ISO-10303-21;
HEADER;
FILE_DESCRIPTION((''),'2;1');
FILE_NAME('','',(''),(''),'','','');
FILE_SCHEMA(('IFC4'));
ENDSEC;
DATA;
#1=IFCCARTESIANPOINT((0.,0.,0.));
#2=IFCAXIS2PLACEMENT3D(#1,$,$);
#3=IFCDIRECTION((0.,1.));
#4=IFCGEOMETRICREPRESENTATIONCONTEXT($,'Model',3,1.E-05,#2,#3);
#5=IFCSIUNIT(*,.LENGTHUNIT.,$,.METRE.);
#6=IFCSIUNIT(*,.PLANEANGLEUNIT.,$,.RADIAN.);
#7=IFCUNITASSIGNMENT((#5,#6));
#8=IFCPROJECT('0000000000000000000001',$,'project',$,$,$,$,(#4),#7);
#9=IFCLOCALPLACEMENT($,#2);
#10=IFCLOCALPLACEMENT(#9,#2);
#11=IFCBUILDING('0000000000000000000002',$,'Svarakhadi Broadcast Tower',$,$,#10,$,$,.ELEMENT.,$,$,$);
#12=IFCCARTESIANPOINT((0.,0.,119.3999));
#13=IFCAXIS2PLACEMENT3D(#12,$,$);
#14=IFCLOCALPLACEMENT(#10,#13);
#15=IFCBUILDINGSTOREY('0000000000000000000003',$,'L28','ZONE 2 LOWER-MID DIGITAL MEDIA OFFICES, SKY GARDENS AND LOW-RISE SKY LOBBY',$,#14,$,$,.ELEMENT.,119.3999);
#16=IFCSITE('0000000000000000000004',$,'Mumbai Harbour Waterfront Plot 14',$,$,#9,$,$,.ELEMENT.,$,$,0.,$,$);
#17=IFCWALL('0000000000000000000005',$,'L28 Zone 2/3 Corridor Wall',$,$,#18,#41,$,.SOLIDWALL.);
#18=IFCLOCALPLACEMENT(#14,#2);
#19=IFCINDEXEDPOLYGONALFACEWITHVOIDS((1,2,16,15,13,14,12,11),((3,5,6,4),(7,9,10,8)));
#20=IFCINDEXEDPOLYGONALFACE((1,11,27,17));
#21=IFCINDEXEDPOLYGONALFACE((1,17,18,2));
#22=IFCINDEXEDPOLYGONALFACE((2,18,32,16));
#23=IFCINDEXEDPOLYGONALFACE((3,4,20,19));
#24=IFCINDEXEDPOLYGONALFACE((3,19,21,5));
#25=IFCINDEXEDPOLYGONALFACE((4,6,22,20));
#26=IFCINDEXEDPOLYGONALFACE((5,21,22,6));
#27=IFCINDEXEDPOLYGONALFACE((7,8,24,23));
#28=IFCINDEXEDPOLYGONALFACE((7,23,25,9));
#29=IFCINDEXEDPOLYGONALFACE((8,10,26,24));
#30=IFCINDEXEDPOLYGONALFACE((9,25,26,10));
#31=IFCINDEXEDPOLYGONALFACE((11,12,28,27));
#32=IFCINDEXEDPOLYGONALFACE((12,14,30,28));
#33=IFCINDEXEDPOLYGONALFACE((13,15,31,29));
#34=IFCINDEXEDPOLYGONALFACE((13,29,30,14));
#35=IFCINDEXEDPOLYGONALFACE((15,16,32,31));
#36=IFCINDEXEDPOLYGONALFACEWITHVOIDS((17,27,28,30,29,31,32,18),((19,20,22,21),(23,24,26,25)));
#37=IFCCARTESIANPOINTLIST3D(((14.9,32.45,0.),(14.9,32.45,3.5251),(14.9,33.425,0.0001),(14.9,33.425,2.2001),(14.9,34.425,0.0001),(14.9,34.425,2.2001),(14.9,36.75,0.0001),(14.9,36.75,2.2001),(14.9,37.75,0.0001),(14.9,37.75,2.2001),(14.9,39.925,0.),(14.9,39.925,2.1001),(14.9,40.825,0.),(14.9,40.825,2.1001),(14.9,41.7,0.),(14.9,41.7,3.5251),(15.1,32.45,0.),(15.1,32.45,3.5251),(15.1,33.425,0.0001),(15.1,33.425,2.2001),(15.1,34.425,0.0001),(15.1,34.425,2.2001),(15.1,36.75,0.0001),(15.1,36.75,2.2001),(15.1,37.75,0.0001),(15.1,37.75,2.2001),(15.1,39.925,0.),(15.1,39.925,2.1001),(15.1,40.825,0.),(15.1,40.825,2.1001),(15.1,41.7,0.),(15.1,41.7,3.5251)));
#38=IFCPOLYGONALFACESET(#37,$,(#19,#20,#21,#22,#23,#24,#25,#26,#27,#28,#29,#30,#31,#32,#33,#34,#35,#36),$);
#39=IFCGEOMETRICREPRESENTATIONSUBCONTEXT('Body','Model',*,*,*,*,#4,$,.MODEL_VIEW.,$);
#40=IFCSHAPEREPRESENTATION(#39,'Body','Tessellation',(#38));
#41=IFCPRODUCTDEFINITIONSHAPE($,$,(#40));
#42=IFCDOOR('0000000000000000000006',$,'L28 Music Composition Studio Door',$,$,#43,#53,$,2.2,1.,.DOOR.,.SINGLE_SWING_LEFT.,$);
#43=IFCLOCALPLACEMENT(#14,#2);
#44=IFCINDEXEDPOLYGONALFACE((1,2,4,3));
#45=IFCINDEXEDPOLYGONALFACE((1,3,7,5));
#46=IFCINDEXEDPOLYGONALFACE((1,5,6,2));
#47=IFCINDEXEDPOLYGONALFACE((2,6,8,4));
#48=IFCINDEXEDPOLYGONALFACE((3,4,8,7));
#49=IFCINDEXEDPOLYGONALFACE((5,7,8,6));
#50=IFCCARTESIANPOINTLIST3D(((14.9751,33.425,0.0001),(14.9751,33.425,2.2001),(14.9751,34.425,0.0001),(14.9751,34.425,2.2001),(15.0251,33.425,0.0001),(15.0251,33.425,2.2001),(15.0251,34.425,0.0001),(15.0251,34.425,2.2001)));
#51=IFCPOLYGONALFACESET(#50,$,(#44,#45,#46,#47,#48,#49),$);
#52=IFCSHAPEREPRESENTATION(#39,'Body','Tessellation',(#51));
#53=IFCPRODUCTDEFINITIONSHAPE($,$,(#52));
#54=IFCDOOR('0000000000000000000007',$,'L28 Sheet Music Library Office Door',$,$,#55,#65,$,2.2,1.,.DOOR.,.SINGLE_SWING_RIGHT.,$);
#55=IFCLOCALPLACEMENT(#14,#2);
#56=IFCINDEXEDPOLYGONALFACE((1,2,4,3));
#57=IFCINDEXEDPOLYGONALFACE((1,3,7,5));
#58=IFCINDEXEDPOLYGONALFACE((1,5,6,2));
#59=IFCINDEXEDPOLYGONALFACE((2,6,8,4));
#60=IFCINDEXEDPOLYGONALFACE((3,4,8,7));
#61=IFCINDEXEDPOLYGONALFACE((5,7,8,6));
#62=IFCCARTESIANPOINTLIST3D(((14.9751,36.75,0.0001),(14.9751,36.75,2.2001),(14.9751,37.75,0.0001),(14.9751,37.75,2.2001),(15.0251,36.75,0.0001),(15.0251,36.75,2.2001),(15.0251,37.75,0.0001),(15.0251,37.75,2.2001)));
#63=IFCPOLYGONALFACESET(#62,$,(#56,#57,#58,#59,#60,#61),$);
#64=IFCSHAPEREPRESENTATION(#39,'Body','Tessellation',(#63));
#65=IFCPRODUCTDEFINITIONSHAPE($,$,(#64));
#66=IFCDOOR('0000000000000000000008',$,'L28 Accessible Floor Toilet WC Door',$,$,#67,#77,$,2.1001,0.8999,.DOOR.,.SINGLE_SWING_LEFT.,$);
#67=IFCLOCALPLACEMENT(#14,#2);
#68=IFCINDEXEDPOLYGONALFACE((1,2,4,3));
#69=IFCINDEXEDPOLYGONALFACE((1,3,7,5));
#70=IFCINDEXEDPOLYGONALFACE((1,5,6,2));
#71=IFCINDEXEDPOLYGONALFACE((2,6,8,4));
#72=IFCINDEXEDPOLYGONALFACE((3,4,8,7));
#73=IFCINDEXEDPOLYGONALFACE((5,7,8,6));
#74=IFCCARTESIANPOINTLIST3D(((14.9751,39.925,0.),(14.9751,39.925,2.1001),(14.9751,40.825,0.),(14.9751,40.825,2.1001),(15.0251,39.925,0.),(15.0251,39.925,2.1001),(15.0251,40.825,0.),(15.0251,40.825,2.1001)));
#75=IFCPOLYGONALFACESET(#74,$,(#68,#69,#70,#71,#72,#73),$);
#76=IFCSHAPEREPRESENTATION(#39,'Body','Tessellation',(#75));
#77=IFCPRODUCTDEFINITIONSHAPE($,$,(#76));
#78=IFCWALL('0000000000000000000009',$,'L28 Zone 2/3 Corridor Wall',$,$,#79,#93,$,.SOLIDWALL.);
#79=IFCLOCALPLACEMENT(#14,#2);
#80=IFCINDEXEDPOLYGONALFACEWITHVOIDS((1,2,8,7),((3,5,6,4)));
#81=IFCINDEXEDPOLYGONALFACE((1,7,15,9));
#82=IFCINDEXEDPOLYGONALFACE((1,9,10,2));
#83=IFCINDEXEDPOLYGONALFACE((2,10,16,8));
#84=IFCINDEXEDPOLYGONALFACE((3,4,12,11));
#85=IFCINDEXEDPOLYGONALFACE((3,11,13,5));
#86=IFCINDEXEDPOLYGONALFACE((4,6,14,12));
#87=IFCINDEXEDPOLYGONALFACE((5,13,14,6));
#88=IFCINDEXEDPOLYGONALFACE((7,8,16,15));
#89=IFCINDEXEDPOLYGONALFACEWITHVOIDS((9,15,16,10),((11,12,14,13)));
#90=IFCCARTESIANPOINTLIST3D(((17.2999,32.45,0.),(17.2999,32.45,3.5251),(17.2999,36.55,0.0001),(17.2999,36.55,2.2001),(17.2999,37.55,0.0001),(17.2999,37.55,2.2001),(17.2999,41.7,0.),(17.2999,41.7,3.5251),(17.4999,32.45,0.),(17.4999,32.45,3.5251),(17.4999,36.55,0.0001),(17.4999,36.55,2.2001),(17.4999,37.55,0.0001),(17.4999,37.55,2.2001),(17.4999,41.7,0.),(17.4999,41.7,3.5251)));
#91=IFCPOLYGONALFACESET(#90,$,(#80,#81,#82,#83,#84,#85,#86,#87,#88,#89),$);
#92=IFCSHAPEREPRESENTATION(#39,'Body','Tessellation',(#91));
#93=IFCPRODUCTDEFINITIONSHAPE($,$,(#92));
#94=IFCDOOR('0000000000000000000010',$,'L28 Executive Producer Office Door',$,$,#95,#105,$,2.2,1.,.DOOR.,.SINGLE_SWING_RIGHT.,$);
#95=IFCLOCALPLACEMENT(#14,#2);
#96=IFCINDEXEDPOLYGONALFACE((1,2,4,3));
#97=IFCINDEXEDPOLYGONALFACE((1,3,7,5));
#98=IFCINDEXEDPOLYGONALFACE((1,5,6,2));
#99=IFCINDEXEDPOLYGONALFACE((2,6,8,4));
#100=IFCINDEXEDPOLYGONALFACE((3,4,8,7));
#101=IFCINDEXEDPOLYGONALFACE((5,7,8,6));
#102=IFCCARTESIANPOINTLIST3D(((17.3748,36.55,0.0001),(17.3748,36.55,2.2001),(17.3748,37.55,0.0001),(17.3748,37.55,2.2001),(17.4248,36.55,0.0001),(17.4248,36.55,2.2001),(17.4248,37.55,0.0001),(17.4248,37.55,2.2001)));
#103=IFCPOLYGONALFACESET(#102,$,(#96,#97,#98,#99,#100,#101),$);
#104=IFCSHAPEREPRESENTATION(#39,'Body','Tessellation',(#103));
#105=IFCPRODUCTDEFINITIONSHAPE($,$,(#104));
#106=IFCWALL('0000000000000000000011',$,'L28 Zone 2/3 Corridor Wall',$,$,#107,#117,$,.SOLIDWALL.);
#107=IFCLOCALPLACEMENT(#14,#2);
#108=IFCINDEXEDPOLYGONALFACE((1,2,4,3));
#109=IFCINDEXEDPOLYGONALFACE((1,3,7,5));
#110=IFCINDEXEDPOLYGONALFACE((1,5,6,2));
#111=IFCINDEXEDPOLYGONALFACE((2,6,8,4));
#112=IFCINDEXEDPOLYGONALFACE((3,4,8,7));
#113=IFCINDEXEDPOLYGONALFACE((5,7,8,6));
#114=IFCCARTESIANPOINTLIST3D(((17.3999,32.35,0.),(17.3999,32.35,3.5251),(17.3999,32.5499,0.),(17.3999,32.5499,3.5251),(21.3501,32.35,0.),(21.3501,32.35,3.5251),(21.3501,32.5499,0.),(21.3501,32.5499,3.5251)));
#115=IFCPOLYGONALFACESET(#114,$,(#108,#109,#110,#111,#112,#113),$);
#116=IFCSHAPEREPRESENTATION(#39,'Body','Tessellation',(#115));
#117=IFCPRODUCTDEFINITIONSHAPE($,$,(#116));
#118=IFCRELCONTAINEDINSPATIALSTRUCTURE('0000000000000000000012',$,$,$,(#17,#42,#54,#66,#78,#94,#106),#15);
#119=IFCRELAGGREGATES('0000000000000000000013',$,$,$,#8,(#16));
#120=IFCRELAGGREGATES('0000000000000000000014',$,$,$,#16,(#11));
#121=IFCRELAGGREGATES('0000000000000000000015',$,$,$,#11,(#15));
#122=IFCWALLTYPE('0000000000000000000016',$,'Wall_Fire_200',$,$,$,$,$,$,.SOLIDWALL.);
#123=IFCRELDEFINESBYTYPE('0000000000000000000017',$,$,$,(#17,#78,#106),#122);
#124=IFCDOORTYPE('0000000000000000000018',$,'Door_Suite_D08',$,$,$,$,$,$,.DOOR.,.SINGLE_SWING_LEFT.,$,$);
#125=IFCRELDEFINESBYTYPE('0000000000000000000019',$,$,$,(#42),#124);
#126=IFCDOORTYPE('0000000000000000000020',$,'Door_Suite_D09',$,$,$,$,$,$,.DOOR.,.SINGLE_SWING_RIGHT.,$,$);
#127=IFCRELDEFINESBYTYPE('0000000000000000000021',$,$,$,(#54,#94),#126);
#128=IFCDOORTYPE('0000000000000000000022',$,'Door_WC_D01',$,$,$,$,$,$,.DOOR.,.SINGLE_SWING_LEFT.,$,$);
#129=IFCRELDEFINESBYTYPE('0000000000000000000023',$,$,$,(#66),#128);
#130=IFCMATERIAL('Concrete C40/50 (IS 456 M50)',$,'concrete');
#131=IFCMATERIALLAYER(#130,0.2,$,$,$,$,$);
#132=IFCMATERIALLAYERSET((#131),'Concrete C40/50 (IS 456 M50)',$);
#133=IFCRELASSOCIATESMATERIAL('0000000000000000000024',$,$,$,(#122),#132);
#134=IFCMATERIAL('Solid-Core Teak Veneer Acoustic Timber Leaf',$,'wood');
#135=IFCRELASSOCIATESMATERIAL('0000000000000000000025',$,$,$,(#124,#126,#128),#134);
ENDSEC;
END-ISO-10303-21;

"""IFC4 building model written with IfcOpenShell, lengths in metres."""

from ifc_helpers import new_model, si_unit, direction, frame, frame_2d, origin, place, context, subcontext, project, spatial, rectangle, extrude, material, layer, layer_set, type_object, element, fill, save


model = new_model("IFC4")

# Units and contexts
model_context = context("Model", 3, precision=1e-05, world=origin(), true_north=direction((0.0, 1.0)))
body_context = subcontext(model_context, "Body", "Model", "MODEL_VIEW")
ifc_project = project(units=[si_unit("LENGTHUNIT", "METRE"), si_unit("PLANEANGLEUNIT", "RADIAN")], contexts=[model_context])

# Site, building, storey
site_placement = place(None, origin())
site = spatial("IfcSite", under=ifc_project, at=site_placement, Name="Mumbai Harbour Waterfront Plot 14", CompositionType="ELEMENT", RefElevation=0.0)
building_placement = place(site_placement, origin())
building = spatial("IfcBuilding", under=site, at=building_placement, Name="Svarakhadi Broadcast Tower", CompositionType="ELEMENT")
storey_placement = place(building_placement, frame((0.0, 0.0, 119.3999)))
storey = spatial("IfcBuildingStorey", under=building, at=storey_placement, Name="L28", Description="ZONE 2 LOWER-MID DIGITAL MEDIA OFFICES, SKY GARDENS AND LOW-RISE SKY LOBBY", CompositionType="ELEMENT", Elevation=119.3999)

# Shared definitions
ifc_material_1 = material(Name="Concrete C40/50 (IS 456 M50)", Category="concrete")

# Wall, openings, doors
ifc_layer_1 = layer(ifc_material_1, 0.2)
ifc_layer_set_1 = layer_set([ifc_layer_1], Name="Concrete C40/50 (IS 456 M50)")
wall_type_1 = type_object("IfcWallType", Name="Wall_Fire_200", PredefinedType="SOLIDWALL", material=ifc_layer_set_1)
wall_1_placement = place(storey_placement, frame((15.0, 32.45, 0.0), z_axis=(0.0, 0.0, 1.0), x_axis=(0.0, 1.0, 0.0)))
wall_1 = element("IfcWall", 1, at=wall_1_placement, inside=storey, type_object=wall_type_1, Name="L28 Zone 2/3 Corridor Wall", PredefinedType="SOLIDWALL", context=body_context, shape_type="SweptSolid", body=[
    extrude(rectangle(XDim=9.25, YDim=0.2, at=frame_2d((4.625, 0.0))), origin(), (0.0, 0.0, 1.0), 3.5251),
])
opening_1_placement = place(wall_1_placement, frame((0.9751, 0.0, 0.0)))
opening_1 = element("IfcOpeningElement", 2, at=opening_1_placement, cuts=wall_1, PredefinedType="OPENING", context=body_context, shape_type="SweptSolid", body=[
    extrude(rectangle(XDim=1.0, YDim=2.2, at=frame_2d((0.5, 1.1001))), frame((0.0, 0.1099, 0.0), z_axis=(0.0, -1.0, 0.0), x_axis=(1.0, 0.0, 0.0)), (0.0, 0.0, 1.0), 0.22),
])
opening_2_placement = place(wall_1_placement, frame((4.3, 0.0, 0.0)))
opening_2 = element("IfcOpeningElement", 3, at=opening_2_placement, cuts=wall_1, PredefinedType="OPENING", context=body_context, shape_type="SweptSolid", body=[
    extrude(rectangle(XDim=1.0, YDim=2.2, at=frame_2d((0.5, 1.1001))), frame((0.0, 0.1099, 0.0), z_axis=(0.0, -1.0, 0.0), x_axis=(1.0, 0.0, 0.0)), (0.0, 0.0, 1.0), 0.22),
])
opening_3_placement = place(wall_1_placement, frame((7.4751, 0.0, 0.0)))
opening_3 = element("IfcOpeningElement", 4, at=opening_3_placement, cuts=wall_1, PredefinedType="OPENING", context=body_context, shape_type="SweptSolid", body=[
    extrude(rectangle(XDim=0.8999, YDim=2.1001, at=frame_2d((0.45, 1.05))), frame((0.0, 0.1099, 0.0), z_axis=(0.0, -1.0, 0.0), x_axis=(1.0, 0.0, 0.0)), (0.0, 0.0, 1.0), 0.22),
])
ifc_material_2 = material(Name="Solid-Core Teak Veneer Acoustic Timber Leaf", Category="wood")
door_type_1 = type_object("IfcDoorType", Name="Door_Suite_D08", OperationType="SINGLE_SWING_LEFT", PredefinedType="DOOR", material=ifc_material_2)
door_1_placement = place(opening_1_placement, origin())
door_1 = element("IfcDoor", 5, at=door_1_placement, inside=storey, type_object=door_type_1, Name="L28 Music Composition Studio Door", OperationType="SINGLE_SWING_LEFT", OverallHeight=2.2, OverallWidth=1.0, PredefinedType="DOOR", context=body_context, shape_type="SweptSolid", body=[
    extrude(rectangle(XDim=1.0, YDim=2.2, at=frame_2d((0.5, 1.1001))), frame((0.0, 0.0249, 0.0), z_axis=(0.0, -1.0, 0.0), x_axis=(1.0, 0.0, 0.0)), (0.0, 0.0, 1.0), 0.05),
])
fill(opening_1, door_1)
door_type_2 = type_object("IfcDoorType", Name="Door_Suite_D09", OperationType="SINGLE_SWING_RIGHT", PredefinedType="DOOR", material=ifc_material_2)
door_2_placement = place(opening_2_placement, origin())
door_2 = element("IfcDoor", 6, at=door_2_placement, inside=storey, type_object=door_type_2, Name="L28 Sheet Music Library Office Door", OperationType="SINGLE_SWING_RIGHT", OverallHeight=2.2, OverallWidth=1.0, PredefinedType="DOOR", context=body_context, shape_type="SweptSolid", body=[
    extrude(rectangle(XDim=1.0, YDim=2.2, at=frame_2d((0.5, 1.1001))), frame((0.0, 0.0249, 0.0), z_axis=(0.0, -1.0, 0.0), x_axis=(1.0, 0.0, 0.0)), (0.0, 0.0, 1.0), 0.05),
])
fill(opening_2, door_2)
door_type_3 = type_object("IfcDoorType", Name="Door_WC_D01", OperationType="SINGLE_SWING_LEFT", PredefinedType="DOOR", material=ifc_material_2)
door_3_placement = place(opening_3_placement, origin())
door_3 = element("IfcDoor", 7, at=door_3_placement, inside=storey, type_object=door_type_3, Name="L28 Accessible Floor Toilet WC Door", OperationType="SINGLE_SWING_LEFT", OverallHeight=2.1001, OverallWidth=0.8999, PredefinedType="DOOR", context=body_context, shape_type="SweptSolid", body=[
    extrude(rectangle(XDim=0.8999, YDim=2.1001, at=frame_2d((0.45, 1.05))), frame((0.0, 0.0249, 0.0), z_axis=(0.0, -1.0, 0.0), x_axis=(1.0, 0.0, 0.0)), (0.0, 0.0, 1.0), 0.05),
])
fill(opening_3, door_3)

# Wall, opening, door
wall_2_placement = place(storey_placement, frame((17.3999, 41.7, 0.0), z_axis=(0.0, 0.0, 1.0), x_axis=(0.0, -1.0, 0.0)))
wall_2 = element("IfcWall", 8, at=wall_2_placement, inside=storey, type_object=wall_type_1, Name="L28 Zone 2/3 Corridor Wall", PredefinedType="SOLIDWALL", context=body_context, shape_type="SweptSolid", body=[
    extrude(rectangle(XDim=9.25, YDim=0.2, at=frame_2d((4.625, 0.0))), origin(), (0.0, 0.0, 1.0), 3.5251),
])
opening_4_placement = place(wall_2_placement, frame((4.1499, 0.0, 0.0)))
opening_4 = element("IfcOpeningElement", 9, at=opening_4_placement, cuts=wall_2, PredefinedType="OPENING", context=body_context, shape_type="SweptSolid", body=[
    extrude(rectangle(XDim=1.0, YDim=2.2, at=frame_2d((0.5, 1.1001))), frame((0.0, 0.1099, 0.0), z_axis=(0.0, -1.0, 0.0), x_axis=(1.0, 0.0, 0.0)), (0.0, 0.0, 1.0), 0.22),
])
door_4_placement = place(opening_4_placement, origin())
door_4 = element("IfcDoor", 10, at=door_4_placement, inside=storey, type_object=door_type_2, Name="L28 Executive Producer Office Door", OperationType="SINGLE_SWING_RIGHT", OverallHeight=2.2, OverallWidth=1.0, PredefinedType="DOOR", context=body_context, shape_type="SweptSolid", body=[
    extrude(rectangle(XDim=1.0, YDim=2.2, at=frame_2d((0.5, 1.1001))), frame((0.0, 0.0249, 0.0), z_axis=(0.0, -1.0, 0.0), x_axis=(1.0, 0.0, 0.0)), (0.0, 0.0, 1.0), 0.05),
])
fill(opening_4, door_4)

# Wall
wall_3_placement = place(storey_placement, frame((17.3999, 32.45, 0.0), z_axis=(0.0, 0.0, 1.0), x_axis=(1.0, 0.0, 0.0)))
element("IfcWall", 11, at=wall_3_placement, inside=storey, type_object=wall_type_1, Name="L28 Zone 2/3 Corridor Wall", PredefinedType="SOLIDWALL", context=body_context, shape_type="SweptSolid", body=[
    extrude(rectangle(XDim=3.9502, YDim=0.2, at=frame_2d((1.9751, 0.0))), origin(), (0.0, 0.0, 1.0), 3.5251),
])

save(model, "model.ifc")
